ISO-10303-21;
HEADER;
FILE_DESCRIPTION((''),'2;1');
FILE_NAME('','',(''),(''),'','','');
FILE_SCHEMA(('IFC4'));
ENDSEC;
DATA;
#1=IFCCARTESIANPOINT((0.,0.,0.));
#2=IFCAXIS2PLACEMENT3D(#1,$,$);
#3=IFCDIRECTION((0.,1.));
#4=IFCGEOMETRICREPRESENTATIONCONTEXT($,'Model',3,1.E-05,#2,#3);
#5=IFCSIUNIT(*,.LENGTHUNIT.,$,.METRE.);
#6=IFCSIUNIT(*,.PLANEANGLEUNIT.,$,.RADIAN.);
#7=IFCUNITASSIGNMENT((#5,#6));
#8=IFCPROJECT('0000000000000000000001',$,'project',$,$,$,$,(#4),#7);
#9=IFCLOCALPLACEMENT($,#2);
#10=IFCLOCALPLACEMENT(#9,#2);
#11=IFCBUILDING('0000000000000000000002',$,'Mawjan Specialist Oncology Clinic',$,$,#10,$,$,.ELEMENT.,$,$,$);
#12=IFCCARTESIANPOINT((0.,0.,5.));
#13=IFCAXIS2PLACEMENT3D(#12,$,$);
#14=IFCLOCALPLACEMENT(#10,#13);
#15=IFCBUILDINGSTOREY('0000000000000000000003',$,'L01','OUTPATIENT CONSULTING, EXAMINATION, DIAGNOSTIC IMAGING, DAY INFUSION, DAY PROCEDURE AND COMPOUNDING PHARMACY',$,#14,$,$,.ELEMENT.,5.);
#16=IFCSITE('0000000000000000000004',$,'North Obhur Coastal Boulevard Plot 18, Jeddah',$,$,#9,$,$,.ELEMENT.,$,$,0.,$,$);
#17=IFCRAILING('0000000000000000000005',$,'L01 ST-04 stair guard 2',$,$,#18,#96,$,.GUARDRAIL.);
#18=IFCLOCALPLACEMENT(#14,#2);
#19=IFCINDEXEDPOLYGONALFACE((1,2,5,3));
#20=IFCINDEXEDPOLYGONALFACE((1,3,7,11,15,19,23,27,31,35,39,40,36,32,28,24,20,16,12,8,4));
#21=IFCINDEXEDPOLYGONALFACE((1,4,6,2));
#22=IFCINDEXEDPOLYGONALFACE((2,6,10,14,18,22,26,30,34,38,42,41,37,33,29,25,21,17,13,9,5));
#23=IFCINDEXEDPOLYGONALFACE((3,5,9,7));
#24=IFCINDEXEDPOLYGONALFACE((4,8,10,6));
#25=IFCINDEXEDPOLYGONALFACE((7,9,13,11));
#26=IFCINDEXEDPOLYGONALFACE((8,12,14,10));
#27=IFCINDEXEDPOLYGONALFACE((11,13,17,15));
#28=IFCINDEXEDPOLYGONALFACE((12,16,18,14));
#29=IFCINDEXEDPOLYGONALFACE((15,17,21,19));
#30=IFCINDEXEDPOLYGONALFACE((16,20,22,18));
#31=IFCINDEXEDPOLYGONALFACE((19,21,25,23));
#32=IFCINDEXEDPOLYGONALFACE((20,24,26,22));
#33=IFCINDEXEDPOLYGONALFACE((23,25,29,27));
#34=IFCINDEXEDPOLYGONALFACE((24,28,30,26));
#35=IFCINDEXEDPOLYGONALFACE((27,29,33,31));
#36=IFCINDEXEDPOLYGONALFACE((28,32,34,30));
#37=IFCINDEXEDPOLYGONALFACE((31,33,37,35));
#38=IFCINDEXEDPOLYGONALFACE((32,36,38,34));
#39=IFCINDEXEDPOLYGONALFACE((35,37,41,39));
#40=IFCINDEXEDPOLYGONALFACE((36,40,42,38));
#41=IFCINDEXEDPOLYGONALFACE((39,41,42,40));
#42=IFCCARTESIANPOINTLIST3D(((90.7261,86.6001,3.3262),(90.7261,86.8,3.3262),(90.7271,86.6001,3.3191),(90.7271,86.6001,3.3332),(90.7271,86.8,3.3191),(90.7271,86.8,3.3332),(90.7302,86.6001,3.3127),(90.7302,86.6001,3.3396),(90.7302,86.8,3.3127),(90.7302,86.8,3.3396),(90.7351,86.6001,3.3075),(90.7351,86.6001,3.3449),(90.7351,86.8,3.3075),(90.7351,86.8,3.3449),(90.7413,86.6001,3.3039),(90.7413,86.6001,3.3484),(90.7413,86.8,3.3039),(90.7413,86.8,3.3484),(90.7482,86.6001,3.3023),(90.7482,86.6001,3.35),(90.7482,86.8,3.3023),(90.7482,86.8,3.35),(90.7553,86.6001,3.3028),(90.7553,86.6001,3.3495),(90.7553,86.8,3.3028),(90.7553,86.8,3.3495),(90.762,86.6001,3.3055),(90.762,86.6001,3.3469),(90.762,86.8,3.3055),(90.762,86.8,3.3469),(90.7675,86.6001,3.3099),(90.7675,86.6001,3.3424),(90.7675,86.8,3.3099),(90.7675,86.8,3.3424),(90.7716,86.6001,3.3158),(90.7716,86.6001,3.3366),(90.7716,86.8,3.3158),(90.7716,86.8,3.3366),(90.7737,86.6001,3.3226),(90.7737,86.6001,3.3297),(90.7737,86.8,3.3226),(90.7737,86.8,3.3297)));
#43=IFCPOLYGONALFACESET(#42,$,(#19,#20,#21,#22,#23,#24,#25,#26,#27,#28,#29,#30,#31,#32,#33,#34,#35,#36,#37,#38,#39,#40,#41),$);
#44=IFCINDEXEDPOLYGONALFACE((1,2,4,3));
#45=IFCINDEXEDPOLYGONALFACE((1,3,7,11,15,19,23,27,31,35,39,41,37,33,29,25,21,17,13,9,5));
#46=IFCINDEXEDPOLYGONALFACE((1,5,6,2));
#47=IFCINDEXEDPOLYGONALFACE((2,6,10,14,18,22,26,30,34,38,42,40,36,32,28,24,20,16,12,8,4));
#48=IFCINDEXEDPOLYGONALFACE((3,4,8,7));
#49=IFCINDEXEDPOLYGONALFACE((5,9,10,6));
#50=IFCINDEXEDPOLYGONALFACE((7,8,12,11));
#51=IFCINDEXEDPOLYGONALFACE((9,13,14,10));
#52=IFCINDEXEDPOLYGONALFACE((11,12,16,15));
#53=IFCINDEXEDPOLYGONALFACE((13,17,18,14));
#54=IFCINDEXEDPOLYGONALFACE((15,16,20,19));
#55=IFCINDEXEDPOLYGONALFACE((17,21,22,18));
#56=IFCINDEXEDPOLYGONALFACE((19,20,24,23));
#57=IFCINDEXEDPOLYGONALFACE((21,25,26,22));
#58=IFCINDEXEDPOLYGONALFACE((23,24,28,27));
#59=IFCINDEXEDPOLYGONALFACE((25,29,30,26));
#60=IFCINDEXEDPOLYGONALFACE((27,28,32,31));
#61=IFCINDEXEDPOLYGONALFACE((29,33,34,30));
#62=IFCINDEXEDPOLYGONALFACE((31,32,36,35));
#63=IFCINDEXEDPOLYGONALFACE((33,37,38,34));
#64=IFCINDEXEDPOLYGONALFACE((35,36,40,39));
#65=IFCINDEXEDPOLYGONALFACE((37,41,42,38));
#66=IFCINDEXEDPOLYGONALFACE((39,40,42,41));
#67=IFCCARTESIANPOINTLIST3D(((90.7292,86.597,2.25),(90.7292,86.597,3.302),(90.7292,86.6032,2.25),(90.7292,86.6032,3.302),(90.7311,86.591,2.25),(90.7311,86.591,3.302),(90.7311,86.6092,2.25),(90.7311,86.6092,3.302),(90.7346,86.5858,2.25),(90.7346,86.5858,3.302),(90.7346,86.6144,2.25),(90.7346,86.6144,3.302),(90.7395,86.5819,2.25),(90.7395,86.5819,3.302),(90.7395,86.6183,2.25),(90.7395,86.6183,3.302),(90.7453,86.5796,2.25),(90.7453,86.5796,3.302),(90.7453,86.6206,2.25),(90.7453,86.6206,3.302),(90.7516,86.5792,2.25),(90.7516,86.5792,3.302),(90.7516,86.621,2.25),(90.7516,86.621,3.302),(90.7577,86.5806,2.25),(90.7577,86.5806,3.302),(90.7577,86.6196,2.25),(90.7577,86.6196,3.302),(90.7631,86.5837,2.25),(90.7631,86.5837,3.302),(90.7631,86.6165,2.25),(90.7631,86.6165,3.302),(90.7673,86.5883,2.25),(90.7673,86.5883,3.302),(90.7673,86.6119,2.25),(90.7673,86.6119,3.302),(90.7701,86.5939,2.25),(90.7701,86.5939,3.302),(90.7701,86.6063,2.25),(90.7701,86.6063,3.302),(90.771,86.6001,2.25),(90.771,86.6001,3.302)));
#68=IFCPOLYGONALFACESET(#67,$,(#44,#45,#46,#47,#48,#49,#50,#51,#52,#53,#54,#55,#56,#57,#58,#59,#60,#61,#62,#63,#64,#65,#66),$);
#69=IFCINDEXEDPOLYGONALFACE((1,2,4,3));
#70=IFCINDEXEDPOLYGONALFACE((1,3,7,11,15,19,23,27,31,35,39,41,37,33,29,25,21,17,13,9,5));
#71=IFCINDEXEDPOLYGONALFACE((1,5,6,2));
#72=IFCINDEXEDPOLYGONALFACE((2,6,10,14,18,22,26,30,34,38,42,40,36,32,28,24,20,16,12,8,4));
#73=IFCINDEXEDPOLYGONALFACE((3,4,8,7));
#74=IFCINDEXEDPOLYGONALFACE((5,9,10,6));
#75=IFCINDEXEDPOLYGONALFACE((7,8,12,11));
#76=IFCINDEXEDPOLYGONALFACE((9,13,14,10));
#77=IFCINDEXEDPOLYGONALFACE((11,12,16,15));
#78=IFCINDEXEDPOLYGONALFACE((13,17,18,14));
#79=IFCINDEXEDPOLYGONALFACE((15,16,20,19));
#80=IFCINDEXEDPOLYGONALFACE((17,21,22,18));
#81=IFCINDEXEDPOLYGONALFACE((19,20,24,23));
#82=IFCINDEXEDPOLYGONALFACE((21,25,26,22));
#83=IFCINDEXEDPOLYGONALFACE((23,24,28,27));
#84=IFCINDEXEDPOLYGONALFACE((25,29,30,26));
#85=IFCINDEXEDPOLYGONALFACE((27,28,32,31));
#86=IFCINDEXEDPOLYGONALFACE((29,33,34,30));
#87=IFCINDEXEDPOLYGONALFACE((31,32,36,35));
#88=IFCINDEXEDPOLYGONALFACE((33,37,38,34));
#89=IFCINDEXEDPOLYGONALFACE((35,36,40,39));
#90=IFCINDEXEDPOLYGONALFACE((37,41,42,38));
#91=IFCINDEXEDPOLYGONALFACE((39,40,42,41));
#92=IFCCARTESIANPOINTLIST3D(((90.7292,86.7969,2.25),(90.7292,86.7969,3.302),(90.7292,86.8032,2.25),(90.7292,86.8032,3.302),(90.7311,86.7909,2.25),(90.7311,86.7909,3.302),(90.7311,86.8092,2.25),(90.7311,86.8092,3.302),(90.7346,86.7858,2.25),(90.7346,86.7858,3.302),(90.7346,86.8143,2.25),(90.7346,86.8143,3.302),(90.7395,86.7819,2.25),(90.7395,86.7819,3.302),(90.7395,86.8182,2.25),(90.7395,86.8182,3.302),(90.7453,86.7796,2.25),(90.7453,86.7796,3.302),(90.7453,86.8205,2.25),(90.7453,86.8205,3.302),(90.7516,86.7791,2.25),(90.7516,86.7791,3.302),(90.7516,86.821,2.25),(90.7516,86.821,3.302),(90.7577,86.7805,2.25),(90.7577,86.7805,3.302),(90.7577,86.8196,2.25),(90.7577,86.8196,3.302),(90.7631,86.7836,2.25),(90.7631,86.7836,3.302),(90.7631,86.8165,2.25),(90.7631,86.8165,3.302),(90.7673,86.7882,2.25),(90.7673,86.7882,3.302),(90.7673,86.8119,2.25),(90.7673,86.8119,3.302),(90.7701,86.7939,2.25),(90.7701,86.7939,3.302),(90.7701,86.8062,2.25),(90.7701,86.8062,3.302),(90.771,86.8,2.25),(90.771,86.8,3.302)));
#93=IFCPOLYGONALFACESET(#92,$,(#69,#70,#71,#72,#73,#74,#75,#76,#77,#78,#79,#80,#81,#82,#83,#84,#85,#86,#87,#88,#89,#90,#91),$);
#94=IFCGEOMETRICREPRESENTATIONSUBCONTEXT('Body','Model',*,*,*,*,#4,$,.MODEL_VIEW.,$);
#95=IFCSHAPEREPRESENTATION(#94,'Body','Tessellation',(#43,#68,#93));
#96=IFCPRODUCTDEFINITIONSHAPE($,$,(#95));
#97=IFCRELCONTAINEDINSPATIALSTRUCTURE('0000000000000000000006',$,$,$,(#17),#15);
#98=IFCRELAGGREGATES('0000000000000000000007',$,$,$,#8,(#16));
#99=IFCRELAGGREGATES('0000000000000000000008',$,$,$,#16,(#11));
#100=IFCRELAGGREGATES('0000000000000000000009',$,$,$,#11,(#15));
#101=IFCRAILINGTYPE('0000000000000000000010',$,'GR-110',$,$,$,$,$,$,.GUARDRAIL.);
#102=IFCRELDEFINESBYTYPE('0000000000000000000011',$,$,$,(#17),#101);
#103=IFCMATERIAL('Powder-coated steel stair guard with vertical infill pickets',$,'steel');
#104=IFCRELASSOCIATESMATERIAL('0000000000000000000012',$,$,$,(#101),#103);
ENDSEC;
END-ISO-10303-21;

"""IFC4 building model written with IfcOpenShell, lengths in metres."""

from ifc_helpers import new_model, si_unit, direction, frame, origin, origin_2d, place, context, subcontext, project, spatial, circle, extrude, material, type_object, element, save


model = new_model("IFC4")

# Units and contexts
model_context = context("Model", 3, precision=1e-05, world=origin(), true_north=direction((0.0, 1.0)))
body_context = subcontext(model_context, "Body", "Model", "MODEL_VIEW")
ifc_project = project(units=[si_unit("LENGTHUNIT", "METRE"), si_unit("PLANEANGLEUNIT", "RADIAN")], contexts=[model_context])

# Site, building, storey
site_placement = place(None, origin())
site = spatial("IfcSite", under=ifc_project, at=site_placement, Name="North Obhur Coastal Boulevard Plot 18, Jeddah", CompositionType="ELEMENT", RefElevation=0.0)
building_placement = place(site_placement, origin())
building = spatial("IfcBuilding", under=site, at=building_placement, Name="Mawjan Specialist Oncology Clinic", CompositionType="ELEMENT")
storey_placement = place(building_placement, frame((0.0, 0.0, 5.0)))
storey = spatial("IfcBuildingStorey", under=building, at=storey_placement, Name="L01", Description="OUTPATIENT CONSULTING, EXAMINATION, DIAGNOSTIC IMAGING, DAY INFUSION, DAY PROCEDURE AND COMPOUNDING PHARMACY", CompositionType="ELEMENT", Elevation=5.0)

# Railing
ifc_material_1 = material(Name="Powder-coated steel stair guard with vertical infill pickets", Category="steel")
railing_type_1 = type_object("IfcRailingType", Name="GR-110", PredefinedType="GUARDRAIL", material=ifc_material_1)
railing_1_placement = place(storey_placement, frame((90.75, 86.6001, 2.25)))
element("IfcRailing", 1, at=railing_1_placement, inside=storey, type_object=railing_type_1, Name="L01 ST-04 stair guard 2", PredefinedType="GUARDRAIL", context=body_context, shape_type="SweptSolid", body=[
    extrude(circle(Radius=0.0239, at=origin_2d()), frame((0.0, 0.0, 1.0762), z_axis=(0.0, 1.0, 0.0), x_axis=(-1.0, 0.0, 0.0)), (0.0, 0.0, 1.0), 0.2),
    extrude(circle(Radius=0.021, at=origin_2d()), origin(), (0.0, 0.0, 1.0), 1.052),
    extrude(circle(Radius=0.021, at=origin_2d()), frame((0.0, 0.2, 0.0)), (0.0, 0.0, 1.0), 1.052),
])

save(model, "model.ifc")
